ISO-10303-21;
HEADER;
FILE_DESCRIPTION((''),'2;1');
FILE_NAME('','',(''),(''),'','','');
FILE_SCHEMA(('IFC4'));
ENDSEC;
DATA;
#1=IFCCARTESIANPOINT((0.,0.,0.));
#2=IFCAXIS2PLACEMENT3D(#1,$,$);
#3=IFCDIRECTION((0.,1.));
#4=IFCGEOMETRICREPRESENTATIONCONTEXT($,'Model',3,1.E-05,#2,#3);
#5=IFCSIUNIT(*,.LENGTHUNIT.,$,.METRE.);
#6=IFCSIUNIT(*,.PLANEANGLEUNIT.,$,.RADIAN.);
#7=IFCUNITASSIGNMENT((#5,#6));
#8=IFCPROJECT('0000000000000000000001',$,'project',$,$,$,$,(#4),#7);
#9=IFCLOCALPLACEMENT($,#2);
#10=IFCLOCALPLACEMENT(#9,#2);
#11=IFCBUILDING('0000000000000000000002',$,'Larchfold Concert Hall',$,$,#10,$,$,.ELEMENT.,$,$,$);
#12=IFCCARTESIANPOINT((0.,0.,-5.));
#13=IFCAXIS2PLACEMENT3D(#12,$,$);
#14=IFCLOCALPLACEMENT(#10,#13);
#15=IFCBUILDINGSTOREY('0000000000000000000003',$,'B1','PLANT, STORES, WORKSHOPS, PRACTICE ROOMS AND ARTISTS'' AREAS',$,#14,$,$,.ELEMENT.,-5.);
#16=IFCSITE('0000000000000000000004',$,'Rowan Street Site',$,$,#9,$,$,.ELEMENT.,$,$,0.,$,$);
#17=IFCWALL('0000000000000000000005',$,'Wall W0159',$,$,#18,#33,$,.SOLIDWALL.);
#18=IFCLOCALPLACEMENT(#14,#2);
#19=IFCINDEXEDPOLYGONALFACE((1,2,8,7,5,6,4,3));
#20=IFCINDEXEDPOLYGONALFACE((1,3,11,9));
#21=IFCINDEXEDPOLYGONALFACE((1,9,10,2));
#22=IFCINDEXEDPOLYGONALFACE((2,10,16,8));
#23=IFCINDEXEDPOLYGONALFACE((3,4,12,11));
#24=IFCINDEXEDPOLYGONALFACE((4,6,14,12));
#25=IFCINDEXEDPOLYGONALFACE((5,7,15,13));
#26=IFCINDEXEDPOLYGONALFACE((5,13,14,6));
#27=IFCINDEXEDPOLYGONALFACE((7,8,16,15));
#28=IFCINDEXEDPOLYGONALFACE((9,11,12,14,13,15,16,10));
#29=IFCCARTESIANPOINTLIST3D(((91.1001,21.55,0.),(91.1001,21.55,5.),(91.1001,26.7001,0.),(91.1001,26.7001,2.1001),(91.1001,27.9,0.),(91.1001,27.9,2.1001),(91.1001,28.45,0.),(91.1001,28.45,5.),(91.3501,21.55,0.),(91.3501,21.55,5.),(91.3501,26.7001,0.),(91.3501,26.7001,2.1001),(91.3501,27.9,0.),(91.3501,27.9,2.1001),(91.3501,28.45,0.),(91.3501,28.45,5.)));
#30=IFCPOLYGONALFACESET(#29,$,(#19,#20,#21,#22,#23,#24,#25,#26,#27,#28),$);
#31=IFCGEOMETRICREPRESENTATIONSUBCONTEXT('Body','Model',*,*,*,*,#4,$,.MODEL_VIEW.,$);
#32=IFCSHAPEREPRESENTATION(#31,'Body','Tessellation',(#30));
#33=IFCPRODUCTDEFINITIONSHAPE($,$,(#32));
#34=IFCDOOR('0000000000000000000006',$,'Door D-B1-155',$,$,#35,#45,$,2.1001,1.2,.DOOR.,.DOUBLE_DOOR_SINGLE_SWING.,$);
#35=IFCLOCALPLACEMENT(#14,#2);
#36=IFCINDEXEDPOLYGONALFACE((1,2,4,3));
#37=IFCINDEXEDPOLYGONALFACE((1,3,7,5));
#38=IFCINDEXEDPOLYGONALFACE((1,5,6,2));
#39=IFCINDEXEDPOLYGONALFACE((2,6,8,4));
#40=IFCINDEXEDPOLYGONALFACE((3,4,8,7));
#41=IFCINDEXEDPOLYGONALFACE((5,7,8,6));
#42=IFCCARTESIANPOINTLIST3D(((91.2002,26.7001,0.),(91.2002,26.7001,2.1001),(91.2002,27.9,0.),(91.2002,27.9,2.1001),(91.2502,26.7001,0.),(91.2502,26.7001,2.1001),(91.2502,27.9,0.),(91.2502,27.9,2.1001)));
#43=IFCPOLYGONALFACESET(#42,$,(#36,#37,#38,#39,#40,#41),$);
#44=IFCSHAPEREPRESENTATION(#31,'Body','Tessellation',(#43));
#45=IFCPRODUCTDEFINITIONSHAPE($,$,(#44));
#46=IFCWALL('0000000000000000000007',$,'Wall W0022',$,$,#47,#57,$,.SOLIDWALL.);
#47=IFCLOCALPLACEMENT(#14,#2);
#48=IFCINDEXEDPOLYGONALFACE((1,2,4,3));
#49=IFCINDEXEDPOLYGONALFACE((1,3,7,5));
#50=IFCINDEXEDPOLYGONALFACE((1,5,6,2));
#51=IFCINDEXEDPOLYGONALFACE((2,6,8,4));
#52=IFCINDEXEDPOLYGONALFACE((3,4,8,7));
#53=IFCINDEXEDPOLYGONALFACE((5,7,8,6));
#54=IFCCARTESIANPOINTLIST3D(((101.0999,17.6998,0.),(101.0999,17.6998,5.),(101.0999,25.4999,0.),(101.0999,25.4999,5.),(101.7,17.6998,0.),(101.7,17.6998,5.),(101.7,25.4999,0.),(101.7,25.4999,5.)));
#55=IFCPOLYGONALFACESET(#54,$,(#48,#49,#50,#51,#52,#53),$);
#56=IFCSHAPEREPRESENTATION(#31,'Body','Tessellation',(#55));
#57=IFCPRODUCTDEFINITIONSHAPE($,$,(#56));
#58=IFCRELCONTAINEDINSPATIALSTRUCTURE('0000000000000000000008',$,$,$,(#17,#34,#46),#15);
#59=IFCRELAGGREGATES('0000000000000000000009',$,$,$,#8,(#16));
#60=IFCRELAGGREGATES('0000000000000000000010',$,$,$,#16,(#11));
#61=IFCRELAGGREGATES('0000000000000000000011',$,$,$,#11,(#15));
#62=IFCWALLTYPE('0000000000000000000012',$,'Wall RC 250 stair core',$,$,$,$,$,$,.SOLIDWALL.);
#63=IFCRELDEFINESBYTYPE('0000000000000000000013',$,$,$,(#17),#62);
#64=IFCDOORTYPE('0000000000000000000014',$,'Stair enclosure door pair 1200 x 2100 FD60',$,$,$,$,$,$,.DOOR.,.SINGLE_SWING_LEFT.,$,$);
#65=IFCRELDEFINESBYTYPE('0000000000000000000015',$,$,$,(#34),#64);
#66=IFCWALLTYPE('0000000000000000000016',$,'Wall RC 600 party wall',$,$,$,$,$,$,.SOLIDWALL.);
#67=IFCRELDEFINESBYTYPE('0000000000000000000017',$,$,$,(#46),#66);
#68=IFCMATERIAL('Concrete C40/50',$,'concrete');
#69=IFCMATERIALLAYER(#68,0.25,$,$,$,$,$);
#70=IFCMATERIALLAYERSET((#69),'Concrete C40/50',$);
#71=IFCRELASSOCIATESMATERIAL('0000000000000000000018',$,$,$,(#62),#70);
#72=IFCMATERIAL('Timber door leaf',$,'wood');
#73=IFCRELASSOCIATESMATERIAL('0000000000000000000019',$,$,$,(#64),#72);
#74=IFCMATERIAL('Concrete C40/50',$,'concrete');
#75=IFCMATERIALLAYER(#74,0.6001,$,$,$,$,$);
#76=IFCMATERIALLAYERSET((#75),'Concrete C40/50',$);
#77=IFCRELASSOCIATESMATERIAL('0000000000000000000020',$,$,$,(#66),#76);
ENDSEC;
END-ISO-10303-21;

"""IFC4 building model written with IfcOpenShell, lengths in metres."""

from ifc_helpers import new_model, si_unit, direction, frame, frame_2d, origin, place, context, subcontext, project, spatial, rectangle, extrude, material, layer, layer_set, type_object, element, fill, save


model = new_model("IFC4")

# Units and contexts
model_context = context("Model", 3, precision=1e-05, world=origin(), true_north=direction((0.0, 1.0)))
body_context = subcontext(model_context, "Body", "Model", "MODEL_VIEW")
ifc_project = project(units=[si_unit("LENGTHUNIT", "METRE"), si_unit("PLANEANGLEUNIT", "RADIAN")], contexts=[model_context])

# Site, building, storey
site_placement = place(None, origin())
site = spatial("IfcSite", under=ifc_project, at=site_placement, Name="Rowan Street Site", CompositionType="ELEMENT", RefElevation=0.0)
building_placement = place(site_placement, origin())
building = spatial("IfcBuilding", under=site, at=building_placement, Name="Larchfold Concert Hall", CompositionType="ELEMENT")
storey_placement = place(building_placement, frame((0.0, 0.0, -5.0)))
storey = spatial("IfcBuildingStorey", under=building, at=storey_placement, Name="B1", Description="PLANT, STORES, WORKSHOPS, PRACTICE ROOMS AND ARTISTS' AREAS", CompositionType="ELEMENT", Elevation=-5.0)

# Wall, opening, door
ifc_material_1 = material(Name="Concrete C40/50", Category="concrete")
ifc_layer_1 = layer(ifc_material_1, 0.25)
ifc_layer_set_1 = layer_set([ifc_layer_1], Name="Concrete C40/50")
wall_type_1 = type_object("IfcWallType", Name="Wall RC 250 stair core", PredefinedType="SOLIDWALL", material=ifc_layer_set_1)
wall_1_placement = place(storey_placement, frame((91.2251, 21.55, 0.0), z_axis=(0.0, 0.0, 1.0), x_axis=(0.0, 1.0, 0.0)))
wall_1 = element("IfcWall", 1, at=wall_1_placement, inside=storey, type_object=wall_type_1, Name="Wall W0159", PredefinedType="SOLIDWALL", context=body_context, shape_type="SweptSolid", body=[
    extrude(rectangle(XDim=6.8999, YDim=0.25, at=frame_2d((3.45, 0.0))), origin(), (0.0, 0.0, 1.0), 5.0),
])
opening_1_placement = place(wall_1_placement, frame((5.1499, 0.0, 0.0)))
opening_1 = element("IfcOpeningElement", 2, at=opening_1_placement, cuts=wall_1, PredefinedType="OPENING", context=body_context, shape_type="SweptSolid", body=[
    extrude(rectangle(XDim=1.2, YDim=2.1001, at=frame_2d((0.6001, 1.05))), frame((0.0, 0.135, 0.0), z_axis=(0.0, -1.0, 0.0), x_axis=(1.0, 0.0, 0.0)), (0.0, 0.0, 1.0), 0.27),
])
ifc_material_2 = material(Name="Timber door leaf", Category="wood")
door_type_1 = type_object("IfcDoorType", Name="Stair enclosure door pair 1200 x 2100 FD60", OperationType="SINGLE_SWING_LEFT", PredefinedType="DOOR", material=ifc_material_2)
door_1_placement = place(opening_1_placement, origin())
door_1 = element("IfcDoor", 3, at=door_1_placement, inside=storey, type_object=door_type_1, Name="Door D-B1-155", OperationType="DOUBLE_DOOR_SINGLE_SWING", OverallHeight=2.1001, OverallWidth=1.2, PredefinedType="DOOR", context=body_context, shape_type="SweptSolid", body=[
    extrude(rectangle(XDim=1.2, YDim=2.1001, at=frame_2d((0.6001, 1.05))), frame((0.0, 0.0249, 0.0), z_axis=(0.0, -1.0, 0.0), x_axis=(1.0, 0.0, 0.0)), (0.0, 0.0, 1.0), 0.05),
])
fill(opening_1, door_1)

# Wall
ifc_material_3 = material(Name="Concrete C40/50", Category="concrete")
ifc_layer_2 = layer(ifc_material_3, 0.6001)
ifc_layer_set_2 = layer_set([ifc_layer_2], Name="Concrete C40/50")
wall_type_2 = type_object("IfcWallType", Name="Wall RC 600 party wall", PredefinedType="SOLIDWALL", material=ifc_layer_set_2)
wall_2_placement = place(storey_placement, frame((101.3999, 17.7, 0.0), z_axis=(0.0, 0.0, 1.0), x_axis=(0.0, 1.0, 0.0)))
element("IfcWall", 4, at=wall_2_placement, inside=storey, type_object=wall_type_2, Name="Wall W0022", PredefinedType="SOLIDWALL", context=body_context, shape_type="SweptSolid", body=[
    extrude(rectangle(XDim=7.8, YDim=0.6001, at=frame_2d((3.8999, 0.0))), origin(), (0.0, 0.0, 1.0), 5.0),
])

save(model, "model.ifc")
